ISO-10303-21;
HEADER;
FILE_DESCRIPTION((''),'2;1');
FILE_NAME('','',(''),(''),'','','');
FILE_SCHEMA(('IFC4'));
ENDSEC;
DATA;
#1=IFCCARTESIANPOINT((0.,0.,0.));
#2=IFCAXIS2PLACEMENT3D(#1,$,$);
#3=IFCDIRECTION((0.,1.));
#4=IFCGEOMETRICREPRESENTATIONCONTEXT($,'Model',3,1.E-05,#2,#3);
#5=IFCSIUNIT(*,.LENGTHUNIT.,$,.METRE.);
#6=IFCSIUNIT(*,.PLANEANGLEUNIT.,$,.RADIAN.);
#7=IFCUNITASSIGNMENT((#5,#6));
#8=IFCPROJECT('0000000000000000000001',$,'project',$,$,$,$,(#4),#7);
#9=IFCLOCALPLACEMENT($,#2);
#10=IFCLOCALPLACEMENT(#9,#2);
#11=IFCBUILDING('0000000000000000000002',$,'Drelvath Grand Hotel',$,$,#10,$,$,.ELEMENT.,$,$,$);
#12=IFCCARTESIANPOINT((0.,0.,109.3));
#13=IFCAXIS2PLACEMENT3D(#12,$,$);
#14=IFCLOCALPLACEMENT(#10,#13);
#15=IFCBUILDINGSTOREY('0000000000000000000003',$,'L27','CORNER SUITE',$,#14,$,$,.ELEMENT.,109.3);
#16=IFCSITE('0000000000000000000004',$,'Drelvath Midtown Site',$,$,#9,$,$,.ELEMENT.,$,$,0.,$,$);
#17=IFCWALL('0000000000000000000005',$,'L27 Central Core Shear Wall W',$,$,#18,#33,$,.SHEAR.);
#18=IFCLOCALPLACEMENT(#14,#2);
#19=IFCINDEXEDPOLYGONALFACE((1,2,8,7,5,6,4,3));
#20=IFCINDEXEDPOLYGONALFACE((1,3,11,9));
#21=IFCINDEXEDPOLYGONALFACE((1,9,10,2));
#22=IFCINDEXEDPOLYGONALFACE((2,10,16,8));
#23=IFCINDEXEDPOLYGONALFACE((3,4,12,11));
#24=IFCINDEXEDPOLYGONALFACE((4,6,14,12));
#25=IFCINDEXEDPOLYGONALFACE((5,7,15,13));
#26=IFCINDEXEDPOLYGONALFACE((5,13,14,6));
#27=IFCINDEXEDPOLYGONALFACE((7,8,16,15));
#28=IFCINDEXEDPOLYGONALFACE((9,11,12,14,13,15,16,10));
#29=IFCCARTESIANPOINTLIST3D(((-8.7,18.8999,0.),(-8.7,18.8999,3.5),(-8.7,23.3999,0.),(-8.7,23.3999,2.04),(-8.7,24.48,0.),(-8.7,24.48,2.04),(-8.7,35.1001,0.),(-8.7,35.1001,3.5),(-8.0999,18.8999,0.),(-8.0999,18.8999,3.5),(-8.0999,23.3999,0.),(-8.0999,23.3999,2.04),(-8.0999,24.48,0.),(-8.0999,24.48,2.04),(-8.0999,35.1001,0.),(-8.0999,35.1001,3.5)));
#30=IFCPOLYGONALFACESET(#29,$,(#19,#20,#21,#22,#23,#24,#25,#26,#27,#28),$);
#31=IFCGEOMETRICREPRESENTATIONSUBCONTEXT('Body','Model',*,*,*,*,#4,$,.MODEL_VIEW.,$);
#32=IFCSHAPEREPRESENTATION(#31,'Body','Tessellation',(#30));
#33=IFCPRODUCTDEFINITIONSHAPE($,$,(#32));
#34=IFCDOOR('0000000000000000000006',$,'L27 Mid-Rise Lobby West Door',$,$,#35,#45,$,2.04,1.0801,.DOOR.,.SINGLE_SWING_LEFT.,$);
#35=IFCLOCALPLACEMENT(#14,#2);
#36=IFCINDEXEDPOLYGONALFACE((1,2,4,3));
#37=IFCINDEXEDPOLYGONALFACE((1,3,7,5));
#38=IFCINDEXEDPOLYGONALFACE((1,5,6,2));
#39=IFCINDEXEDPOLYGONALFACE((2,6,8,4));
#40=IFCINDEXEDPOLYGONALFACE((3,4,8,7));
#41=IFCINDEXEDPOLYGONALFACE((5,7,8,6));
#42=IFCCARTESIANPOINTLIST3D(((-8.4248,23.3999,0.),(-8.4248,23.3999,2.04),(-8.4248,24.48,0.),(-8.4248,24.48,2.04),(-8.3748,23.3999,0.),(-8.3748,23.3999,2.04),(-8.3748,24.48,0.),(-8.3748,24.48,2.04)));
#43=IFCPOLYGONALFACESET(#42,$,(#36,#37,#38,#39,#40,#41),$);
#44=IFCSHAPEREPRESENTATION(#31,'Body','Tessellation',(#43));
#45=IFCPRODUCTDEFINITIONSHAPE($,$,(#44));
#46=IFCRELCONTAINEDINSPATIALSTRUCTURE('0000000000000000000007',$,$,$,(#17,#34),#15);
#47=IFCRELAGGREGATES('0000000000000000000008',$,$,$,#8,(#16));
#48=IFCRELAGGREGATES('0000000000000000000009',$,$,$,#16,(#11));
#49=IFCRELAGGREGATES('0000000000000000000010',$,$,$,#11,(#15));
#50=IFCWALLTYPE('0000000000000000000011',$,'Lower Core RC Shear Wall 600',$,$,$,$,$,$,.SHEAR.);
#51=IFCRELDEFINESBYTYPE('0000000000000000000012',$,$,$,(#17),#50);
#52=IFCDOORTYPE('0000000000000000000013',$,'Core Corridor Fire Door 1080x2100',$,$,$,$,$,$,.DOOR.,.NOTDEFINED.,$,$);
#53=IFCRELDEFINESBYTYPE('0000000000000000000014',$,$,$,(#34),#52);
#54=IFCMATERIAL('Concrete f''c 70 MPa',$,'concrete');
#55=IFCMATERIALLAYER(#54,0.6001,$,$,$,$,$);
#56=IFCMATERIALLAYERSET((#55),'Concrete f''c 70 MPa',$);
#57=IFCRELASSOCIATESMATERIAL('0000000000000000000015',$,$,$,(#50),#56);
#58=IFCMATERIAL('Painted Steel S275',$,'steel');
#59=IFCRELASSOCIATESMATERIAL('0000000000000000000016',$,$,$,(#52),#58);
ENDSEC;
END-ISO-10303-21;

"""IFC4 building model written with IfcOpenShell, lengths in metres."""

from ifc_helpers import new_model, si_unit, direction, frame, frame_2d, origin, place, context, subcontext, project, spatial, rectangle, extrude, material, layer, layer_set, type_object, element, fill, save


model = new_model("IFC4")

# Units and contexts
model_context = context("Model", 3, precision=1e-05, world=origin(), true_north=direction((0.0, 1.0)))
body_context = subcontext(model_context, "Body", "Model", "MODEL_VIEW")
ifc_project = project(units=[si_unit("LENGTHUNIT", "METRE"), si_unit("PLANEANGLEUNIT", "RADIAN")], contexts=[model_context])

# Site, building, storey
site_placement = place(None, origin())
site = spatial("IfcSite", under=ifc_project, at=site_placement, Name="Drelvath Midtown Site", CompositionType="ELEMENT", RefElevation=0.0)
building_placement = place(site_placement, origin())
building = spatial("IfcBuilding", under=site, at=building_placement, Name="Drelvath Grand Hotel", CompositionType="ELEMENT")
storey_placement = place(building_placement, frame((0.0, 0.0, 109.3)))
storey = spatial("IfcBuildingStorey", under=building, at=storey_placement, Name="L27", Description="CORNER SUITE", CompositionType="ELEMENT", Elevation=109.3)

# Shared definitions
ifc_material_1 = material(Name="Painted Steel S275", Category="steel")

# Wall, opening, door
ifc_material_2 = material(Name="Concrete f'c 70 MPa", Category="concrete")
ifc_layer_1 = layer(ifc_material_2, 0.6001)
ifc_layer_set_1 = layer_set([ifc_layer_1], Name="Concrete f'c 70 MPa")
wall_type_1 = type_object("IfcWallType", Name="Lower Core RC Shear Wall 600", PredefinedType="SHEAR", material=ifc_layer_set_1)
wall_1_placement = place(storey_placement, frame((-8.3999, 18.8999, 0.0), z_axis=(0.0, 0.0, 1.0), x_axis=(0.0, 1.0, 0.0)))
wall_1 = element("IfcWall", 1, at=wall_1_placement, inside=storey, type_object=wall_type_1, Name="L27 Central Core Shear Wall W", PredefinedType="SHEAR", context=body_context, shape_type="SweptSolid", body=[
    extrude(rectangle(XDim=16.2002, YDim=0.6001, at=frame_2d((8.1001, 0.0))), origin(), (0.0, 0.0, 1.0), 3.5),
])
opening_1_placement = place(wall_1_placement, frame((4.5, 0.0, 0.0)))
opening_1 = element("IfcOpeningElement", 2, at=opening_1_placement, cuts=wall_1, PredefinedType="OPENING", context=body_context, shape_type="SweptSolid", body=[
    extrude(rectangle(XDim=1.0801, YDim=2.04, at=frame_2d((0.54, 1.02))), frame((0.0, 0.3101, 0.0), z_axis=(0.0, -1.0, 0.0), x_axis=(1.0, 0.0, 0.0)), (0.0, 0.0, 1.0), 0.6201),
])
door_type_1 = type_object("IfcDoorType", Name="Core Corridor Fire Door 1080x2100", OperationType="NOTDEFINED", PredefinedType="DOOR", material=ifc_material_1)
door_1_placement = place(opening_1_placement, origin())
door_1 = element("IfcDoor", 3, at=door_1_placement, inside=storey, type_object=door_type_1, Name="L27 Mid-Rise Lobby West Door", OperationType="SINGLE_SWING_LEFT", OverallHeight=2.04, OverallWidth=1.0801, PredefinedType="DOOR", context=body_context, shape_type="SweptSolid", body=[
    extrude(rectangle(XDim=1.0801, YDim=2.04, at=frame_2d((0.54, 1.02))), frame((0.0, 0.0249, 0.0), z_axis=(0.0, -1.0, 0.0), x_axis=(1.0, 0.0, 0.0)), (0.0, 0.0, 1.0), 0.05),
])
fill(opening_1, door_1)

save(model, "model.ifc")
